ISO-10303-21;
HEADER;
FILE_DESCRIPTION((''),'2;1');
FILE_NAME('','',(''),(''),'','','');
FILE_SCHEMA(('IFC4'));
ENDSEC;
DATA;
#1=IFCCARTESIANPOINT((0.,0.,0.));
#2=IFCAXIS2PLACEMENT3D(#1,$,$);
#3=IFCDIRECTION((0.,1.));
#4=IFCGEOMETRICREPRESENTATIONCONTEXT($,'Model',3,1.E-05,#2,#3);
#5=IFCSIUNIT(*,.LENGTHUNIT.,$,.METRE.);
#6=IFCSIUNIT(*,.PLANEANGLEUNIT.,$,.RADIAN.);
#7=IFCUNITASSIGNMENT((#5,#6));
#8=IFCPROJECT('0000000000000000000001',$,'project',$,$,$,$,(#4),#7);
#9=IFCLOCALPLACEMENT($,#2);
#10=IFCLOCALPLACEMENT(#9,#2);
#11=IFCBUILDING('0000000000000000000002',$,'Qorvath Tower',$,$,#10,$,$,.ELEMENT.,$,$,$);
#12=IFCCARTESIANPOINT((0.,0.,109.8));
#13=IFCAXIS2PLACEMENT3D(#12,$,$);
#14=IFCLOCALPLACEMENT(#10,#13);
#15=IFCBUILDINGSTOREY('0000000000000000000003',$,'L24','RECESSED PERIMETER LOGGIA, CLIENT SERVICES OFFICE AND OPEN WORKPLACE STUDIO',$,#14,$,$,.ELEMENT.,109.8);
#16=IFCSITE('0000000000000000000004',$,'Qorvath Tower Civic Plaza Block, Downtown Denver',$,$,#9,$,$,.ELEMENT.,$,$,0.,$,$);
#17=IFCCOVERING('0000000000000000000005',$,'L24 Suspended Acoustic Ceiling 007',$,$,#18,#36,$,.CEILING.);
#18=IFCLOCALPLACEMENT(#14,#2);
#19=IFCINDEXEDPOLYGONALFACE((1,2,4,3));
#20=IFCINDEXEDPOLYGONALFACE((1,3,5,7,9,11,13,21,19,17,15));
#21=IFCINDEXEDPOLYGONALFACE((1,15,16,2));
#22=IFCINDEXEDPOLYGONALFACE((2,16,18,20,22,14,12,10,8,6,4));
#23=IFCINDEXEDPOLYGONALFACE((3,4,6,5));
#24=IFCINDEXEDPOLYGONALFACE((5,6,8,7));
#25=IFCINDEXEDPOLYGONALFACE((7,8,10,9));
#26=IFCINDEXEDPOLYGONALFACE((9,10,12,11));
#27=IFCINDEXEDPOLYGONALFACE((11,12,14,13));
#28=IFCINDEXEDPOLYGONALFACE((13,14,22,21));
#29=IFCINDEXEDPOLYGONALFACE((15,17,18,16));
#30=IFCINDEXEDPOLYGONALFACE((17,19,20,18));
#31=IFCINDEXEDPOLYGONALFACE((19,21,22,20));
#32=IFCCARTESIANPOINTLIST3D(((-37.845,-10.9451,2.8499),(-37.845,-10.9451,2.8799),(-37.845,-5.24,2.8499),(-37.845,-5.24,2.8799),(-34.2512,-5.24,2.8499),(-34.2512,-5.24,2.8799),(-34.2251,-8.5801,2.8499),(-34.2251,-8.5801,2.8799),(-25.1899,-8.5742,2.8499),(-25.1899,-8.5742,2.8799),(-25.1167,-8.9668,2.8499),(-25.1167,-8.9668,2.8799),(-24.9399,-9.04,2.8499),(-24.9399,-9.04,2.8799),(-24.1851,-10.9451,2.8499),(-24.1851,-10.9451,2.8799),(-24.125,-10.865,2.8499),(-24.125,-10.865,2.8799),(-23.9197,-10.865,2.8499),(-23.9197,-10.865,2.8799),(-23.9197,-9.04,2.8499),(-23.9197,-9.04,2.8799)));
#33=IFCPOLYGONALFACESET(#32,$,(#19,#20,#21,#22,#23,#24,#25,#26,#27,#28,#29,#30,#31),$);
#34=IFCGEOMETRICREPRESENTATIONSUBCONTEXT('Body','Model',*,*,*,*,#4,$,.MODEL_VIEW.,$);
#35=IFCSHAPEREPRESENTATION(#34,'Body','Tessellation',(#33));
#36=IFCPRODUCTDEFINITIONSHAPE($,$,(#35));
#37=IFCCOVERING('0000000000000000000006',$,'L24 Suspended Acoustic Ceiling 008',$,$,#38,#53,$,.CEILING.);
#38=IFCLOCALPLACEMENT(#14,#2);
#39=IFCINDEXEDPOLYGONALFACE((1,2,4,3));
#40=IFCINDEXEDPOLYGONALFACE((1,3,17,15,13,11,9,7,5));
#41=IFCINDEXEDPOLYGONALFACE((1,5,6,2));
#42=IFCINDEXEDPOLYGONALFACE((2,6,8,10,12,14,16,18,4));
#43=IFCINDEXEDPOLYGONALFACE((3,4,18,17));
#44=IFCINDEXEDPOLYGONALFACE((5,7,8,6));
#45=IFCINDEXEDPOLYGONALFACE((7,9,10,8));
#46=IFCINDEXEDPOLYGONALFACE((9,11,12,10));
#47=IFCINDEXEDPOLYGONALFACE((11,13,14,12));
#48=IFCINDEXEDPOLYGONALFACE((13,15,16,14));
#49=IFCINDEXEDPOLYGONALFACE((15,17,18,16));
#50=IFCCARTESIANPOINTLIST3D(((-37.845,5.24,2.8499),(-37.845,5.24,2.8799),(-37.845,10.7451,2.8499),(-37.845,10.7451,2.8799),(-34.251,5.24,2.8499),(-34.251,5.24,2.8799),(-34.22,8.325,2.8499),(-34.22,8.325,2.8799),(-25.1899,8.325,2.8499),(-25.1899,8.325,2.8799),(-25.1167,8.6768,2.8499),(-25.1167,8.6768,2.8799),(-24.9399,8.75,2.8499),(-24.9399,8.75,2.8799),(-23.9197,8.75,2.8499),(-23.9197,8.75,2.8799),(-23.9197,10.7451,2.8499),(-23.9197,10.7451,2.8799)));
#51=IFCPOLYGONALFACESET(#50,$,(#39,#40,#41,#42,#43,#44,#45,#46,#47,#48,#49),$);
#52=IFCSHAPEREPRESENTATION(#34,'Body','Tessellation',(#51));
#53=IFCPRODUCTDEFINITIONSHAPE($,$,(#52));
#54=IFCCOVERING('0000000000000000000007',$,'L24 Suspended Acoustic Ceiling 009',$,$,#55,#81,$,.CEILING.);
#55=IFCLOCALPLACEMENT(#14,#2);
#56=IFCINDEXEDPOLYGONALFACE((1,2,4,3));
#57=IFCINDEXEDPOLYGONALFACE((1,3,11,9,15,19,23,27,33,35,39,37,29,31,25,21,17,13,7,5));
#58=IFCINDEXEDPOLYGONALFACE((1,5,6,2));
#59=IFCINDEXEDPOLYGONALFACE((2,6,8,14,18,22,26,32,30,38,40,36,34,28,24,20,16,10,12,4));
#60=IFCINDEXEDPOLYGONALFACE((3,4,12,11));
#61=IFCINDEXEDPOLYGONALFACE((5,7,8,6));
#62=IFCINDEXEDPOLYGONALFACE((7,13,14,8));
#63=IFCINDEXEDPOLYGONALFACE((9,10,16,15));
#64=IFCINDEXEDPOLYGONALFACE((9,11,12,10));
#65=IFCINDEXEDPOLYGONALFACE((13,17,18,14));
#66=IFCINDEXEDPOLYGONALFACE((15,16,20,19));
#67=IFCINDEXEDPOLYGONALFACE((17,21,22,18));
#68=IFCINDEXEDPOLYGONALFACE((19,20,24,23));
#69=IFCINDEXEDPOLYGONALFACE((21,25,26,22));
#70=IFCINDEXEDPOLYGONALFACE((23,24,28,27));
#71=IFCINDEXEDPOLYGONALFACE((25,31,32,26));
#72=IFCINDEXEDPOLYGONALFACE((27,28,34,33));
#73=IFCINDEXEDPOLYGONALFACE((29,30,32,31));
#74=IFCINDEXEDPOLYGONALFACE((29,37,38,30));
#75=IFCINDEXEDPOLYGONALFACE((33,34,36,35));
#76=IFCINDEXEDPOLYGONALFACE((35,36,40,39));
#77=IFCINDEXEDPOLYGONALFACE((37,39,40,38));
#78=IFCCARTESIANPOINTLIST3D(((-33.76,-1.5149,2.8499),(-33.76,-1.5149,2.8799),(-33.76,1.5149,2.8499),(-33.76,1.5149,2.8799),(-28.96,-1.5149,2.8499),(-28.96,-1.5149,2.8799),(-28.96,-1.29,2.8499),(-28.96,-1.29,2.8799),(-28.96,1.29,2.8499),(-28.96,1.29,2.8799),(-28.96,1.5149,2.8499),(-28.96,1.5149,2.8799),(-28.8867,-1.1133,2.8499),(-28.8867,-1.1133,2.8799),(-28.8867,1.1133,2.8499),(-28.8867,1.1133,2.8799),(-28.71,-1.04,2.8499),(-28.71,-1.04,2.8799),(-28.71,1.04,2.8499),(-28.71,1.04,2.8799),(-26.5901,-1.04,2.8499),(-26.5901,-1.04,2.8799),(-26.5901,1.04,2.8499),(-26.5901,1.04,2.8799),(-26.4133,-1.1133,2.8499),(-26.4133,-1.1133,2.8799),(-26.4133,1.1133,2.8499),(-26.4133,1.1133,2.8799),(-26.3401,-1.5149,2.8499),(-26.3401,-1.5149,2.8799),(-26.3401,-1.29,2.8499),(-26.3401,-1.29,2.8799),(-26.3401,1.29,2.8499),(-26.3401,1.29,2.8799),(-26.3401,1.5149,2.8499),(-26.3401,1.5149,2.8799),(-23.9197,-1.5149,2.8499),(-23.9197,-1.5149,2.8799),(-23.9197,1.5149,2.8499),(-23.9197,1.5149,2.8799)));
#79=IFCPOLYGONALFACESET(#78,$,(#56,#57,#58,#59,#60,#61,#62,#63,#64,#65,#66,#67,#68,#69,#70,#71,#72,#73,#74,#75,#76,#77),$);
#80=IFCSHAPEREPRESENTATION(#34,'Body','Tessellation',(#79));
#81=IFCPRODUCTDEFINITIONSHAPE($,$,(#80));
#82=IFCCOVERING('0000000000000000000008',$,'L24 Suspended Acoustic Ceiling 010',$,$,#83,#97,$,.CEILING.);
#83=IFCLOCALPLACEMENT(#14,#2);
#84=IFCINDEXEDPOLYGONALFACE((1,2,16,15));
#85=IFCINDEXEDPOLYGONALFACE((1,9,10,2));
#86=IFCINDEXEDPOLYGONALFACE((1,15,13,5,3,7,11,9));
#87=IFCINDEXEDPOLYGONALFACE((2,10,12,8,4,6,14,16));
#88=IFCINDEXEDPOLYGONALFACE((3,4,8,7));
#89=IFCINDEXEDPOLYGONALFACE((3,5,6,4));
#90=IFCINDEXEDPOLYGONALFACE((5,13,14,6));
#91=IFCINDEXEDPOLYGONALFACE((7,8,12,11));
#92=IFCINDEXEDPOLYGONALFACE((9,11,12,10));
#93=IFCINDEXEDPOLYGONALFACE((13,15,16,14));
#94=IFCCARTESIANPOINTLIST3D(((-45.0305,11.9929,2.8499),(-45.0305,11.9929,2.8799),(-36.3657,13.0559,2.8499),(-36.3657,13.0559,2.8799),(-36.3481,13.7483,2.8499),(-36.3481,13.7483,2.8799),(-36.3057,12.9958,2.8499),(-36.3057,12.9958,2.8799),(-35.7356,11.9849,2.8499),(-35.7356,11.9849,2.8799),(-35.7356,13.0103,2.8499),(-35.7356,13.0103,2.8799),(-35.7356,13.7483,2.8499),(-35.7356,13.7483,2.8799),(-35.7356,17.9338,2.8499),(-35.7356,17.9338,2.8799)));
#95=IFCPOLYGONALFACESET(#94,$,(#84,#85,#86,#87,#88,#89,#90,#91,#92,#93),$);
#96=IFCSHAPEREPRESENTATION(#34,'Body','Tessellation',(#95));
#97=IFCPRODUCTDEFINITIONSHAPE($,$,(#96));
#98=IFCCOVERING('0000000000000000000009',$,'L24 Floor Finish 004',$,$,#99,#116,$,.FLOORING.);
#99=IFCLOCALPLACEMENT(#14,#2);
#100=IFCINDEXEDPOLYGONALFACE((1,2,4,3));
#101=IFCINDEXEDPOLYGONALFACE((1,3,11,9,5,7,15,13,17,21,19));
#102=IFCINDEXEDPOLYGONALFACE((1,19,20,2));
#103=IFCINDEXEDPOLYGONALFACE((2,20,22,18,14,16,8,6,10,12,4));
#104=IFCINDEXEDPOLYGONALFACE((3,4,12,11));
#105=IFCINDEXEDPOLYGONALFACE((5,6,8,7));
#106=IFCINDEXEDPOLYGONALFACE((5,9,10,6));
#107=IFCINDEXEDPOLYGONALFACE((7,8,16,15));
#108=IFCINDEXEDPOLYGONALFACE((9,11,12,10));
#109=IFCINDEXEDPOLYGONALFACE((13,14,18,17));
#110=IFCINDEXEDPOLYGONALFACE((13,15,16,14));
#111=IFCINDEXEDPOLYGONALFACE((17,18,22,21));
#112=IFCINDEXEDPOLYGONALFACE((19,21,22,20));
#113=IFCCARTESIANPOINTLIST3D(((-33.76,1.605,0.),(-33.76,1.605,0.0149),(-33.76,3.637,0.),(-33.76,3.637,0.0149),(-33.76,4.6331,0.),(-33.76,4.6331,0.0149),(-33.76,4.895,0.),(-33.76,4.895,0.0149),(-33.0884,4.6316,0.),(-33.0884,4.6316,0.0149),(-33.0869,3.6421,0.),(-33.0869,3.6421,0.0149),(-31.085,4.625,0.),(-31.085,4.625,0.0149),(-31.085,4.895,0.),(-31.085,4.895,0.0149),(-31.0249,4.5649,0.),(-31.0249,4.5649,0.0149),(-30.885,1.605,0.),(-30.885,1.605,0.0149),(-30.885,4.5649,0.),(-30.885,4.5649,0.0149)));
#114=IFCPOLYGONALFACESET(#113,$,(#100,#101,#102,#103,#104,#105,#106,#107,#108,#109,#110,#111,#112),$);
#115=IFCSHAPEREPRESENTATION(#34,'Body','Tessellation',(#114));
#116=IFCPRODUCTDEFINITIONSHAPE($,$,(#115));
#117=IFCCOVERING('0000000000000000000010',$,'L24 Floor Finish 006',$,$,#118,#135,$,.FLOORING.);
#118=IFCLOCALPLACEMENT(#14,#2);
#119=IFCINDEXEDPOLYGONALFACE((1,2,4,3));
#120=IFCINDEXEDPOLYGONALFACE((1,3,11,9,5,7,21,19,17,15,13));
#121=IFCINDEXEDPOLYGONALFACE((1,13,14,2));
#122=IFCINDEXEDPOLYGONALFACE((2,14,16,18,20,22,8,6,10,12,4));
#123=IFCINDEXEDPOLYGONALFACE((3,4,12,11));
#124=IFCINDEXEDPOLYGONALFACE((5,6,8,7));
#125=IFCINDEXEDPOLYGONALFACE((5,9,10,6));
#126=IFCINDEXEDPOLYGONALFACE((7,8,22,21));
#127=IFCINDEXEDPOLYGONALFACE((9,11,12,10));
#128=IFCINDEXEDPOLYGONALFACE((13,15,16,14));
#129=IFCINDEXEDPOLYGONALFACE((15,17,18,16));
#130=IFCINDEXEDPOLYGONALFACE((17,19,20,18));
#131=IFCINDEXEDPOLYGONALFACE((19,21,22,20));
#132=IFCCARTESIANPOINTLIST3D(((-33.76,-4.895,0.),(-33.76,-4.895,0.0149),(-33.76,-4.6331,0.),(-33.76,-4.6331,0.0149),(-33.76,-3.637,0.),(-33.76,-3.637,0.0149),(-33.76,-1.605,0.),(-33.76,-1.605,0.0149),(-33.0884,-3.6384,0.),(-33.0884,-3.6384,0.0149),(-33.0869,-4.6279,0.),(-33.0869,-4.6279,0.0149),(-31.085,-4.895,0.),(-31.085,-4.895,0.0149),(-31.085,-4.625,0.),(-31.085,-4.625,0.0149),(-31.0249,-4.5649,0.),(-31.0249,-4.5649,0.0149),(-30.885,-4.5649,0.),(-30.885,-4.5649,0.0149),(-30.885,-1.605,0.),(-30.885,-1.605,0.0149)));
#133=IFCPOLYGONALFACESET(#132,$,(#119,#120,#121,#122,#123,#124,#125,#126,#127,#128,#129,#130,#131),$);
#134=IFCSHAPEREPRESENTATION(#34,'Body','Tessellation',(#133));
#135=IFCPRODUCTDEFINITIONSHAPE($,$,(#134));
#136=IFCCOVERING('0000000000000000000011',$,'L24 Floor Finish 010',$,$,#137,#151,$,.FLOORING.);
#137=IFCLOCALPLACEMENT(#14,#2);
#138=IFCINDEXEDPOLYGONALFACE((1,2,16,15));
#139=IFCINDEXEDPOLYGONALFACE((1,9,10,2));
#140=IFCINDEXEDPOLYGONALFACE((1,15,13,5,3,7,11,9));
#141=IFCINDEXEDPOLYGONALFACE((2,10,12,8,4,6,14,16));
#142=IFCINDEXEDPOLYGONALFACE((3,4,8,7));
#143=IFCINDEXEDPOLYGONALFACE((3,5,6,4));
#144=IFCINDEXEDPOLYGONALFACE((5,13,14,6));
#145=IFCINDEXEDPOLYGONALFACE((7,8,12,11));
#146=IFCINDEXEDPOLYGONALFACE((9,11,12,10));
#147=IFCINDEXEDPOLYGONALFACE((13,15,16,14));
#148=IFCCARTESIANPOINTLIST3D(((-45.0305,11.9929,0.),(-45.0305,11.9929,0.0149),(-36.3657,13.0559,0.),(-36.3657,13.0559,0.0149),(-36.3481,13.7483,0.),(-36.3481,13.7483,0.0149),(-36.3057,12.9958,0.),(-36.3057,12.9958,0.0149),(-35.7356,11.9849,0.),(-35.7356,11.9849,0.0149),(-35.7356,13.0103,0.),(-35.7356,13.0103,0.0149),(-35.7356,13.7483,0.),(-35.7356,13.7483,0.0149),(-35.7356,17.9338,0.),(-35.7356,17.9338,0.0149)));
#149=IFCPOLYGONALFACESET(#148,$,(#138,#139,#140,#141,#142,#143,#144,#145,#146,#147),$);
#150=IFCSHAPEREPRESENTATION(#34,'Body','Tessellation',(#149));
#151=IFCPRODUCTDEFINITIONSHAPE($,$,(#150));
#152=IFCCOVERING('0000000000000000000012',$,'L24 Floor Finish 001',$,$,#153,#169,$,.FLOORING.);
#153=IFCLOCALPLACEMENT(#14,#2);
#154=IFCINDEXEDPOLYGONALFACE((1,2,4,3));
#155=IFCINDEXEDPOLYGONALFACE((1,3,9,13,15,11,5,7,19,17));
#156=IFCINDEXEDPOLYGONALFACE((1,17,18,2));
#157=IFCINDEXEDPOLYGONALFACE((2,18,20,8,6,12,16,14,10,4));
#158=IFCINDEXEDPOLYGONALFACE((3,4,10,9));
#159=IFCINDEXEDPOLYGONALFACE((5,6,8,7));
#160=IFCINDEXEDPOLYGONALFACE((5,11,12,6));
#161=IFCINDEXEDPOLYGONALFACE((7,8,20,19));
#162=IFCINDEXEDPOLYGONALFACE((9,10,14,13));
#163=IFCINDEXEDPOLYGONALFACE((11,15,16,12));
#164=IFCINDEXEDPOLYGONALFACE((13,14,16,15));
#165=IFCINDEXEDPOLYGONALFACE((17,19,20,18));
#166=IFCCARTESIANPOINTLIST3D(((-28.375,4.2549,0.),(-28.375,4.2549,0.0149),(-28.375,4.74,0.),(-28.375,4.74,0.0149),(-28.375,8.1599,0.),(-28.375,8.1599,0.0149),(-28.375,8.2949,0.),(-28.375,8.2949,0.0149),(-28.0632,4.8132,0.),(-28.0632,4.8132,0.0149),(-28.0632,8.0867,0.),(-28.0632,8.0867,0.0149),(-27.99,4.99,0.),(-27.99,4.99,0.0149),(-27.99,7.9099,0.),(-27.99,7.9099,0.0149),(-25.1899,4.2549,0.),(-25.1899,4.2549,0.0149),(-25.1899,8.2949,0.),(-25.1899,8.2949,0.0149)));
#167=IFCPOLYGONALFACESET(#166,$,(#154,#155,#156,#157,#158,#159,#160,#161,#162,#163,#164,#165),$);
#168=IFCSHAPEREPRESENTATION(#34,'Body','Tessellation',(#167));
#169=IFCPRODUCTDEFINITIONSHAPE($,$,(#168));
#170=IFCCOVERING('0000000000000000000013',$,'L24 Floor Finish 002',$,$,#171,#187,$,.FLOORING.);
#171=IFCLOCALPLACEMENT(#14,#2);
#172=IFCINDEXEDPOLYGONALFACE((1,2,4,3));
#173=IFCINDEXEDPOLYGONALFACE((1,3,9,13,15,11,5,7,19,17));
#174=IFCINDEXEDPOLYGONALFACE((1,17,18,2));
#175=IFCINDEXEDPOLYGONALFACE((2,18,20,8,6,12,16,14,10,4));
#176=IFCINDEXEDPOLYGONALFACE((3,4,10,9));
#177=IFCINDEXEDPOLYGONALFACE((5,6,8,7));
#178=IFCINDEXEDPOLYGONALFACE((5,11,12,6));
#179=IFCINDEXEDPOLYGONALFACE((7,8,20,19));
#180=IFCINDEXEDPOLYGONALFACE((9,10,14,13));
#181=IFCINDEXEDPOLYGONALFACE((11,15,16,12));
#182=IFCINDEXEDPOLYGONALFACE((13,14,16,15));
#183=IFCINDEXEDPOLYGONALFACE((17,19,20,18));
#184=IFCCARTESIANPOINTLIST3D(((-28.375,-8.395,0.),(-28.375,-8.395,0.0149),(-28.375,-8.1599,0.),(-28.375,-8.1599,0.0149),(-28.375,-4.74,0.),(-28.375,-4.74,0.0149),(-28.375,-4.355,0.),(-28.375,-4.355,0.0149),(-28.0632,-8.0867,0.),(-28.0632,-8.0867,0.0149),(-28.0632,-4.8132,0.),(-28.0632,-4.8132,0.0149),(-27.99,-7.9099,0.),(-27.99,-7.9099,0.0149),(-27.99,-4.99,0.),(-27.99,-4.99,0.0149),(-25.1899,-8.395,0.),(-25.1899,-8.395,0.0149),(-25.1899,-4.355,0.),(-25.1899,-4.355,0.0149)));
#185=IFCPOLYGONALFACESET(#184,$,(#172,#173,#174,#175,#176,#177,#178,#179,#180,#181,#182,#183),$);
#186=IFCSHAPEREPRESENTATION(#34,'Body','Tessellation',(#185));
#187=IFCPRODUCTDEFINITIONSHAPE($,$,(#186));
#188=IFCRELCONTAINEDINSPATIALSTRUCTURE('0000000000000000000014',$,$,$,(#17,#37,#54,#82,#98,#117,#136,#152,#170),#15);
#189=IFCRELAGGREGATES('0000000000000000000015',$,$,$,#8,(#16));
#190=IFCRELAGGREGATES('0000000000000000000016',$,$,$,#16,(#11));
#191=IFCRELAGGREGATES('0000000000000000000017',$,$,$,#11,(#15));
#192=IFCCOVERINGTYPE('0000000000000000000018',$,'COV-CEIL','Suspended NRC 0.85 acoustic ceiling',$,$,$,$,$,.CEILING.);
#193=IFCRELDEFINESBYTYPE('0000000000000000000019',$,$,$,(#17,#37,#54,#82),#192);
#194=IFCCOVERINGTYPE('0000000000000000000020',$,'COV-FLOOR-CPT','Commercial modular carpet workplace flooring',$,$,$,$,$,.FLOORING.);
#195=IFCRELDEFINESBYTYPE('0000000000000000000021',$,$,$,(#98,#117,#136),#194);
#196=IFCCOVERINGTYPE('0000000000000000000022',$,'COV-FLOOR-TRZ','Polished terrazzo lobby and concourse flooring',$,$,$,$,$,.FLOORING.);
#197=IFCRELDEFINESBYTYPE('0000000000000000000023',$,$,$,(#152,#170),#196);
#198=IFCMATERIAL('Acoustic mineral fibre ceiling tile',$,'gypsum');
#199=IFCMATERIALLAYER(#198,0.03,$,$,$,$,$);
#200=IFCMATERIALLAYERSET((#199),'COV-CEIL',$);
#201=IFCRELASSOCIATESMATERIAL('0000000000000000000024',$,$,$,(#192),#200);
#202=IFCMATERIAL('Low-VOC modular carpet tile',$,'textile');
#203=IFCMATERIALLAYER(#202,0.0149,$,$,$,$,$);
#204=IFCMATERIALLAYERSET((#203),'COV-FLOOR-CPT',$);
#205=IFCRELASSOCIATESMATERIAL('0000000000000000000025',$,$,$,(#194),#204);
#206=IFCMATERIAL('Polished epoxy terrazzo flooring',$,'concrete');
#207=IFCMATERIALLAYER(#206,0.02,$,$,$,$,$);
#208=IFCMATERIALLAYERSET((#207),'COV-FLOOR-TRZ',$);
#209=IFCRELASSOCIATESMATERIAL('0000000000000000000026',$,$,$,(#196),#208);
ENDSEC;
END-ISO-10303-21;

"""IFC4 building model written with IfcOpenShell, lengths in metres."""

from ifc_helpers import new_model, si_unit, direction, frame, origin, place, context, subcontext, project, spatial, polyline, outline, extrude, material, layer, layer_set, type_object, element, save


model = new_model("IFC4")

# Units and contexts
model_context = context("Model", 3, precision=1e-05, world=origin(), true_north=direction((0.0, 1.0)))
body_context = subcontext(model_context, "Body", "Model", "MODEL_VIEW")
ifc_project = project(units=[si_unit("LENGTHUNIT", "METRE"), si_unit("PLANEANGLEUNIT", "RADIAN")], contexts=[model_context])

# Site, building, storey
site_placement = place(None, origin())
site = spatial("IfcSite", under=ifc_project, at=site_placement, Name="Qorvath Tower Civic Plaza Block, Downtown Denver", CompositionType="ELEMENT", RefElevation=0.0)
building_placement = place(site_placement, origin())
building = spatial("IfcBuilding", under=site, at=building_placement, Name="Qorvath Tower", CompositionType="ELEMENT")
storey_placement = place(building_placement, frame((0.0, 0.0, 109.8)))
storey = spatial("IfcBuildingStorey", under=building, at=storey_placement, Name="L24", Description="RECESSED PERIMETER LOGGIA, CLIENT SERVICES OFFICE AND OPEN WORKPLACE STUDIO", CompositionType="ELEMENT", Elevation=109.8)

# Coverings
ifc_material_1 = material(Name="Acoustic mineral fibre ceiling tile", Category="gypsum")
ifc_layer_1 = layer(ifc_material_1, 0.03)
ifc_layer_set_1 = layer_set([ifc_layer_1], Name="COV-CEIL")
covering_type_1 = type_object("IfcCoveringType", Name="COV-CEIL", Description="Suspended NRC 0.85 acoustic ceiling", PredefinedType="CEILING", material=ifc_layer_set_1)
covering_1_placement = place(storey_placement, frame((0.0, 0.0, 2.8499)))
element("IfcCovering", 1, at=covering_1_placement, inside=storey, type_object=covering_type_1, Name="L24 Suspended Acoustic Ceiling 007", PredefinedType="CEILING", context=body_context, shape_type="SweptSolid", body=[
    extrude(outline(polyline([(-34.2251, -8.5801), (-34.2512, -5.24), (-37.845, -5.24), (-37.845, -10.9451), (-24.1851, -10.9451), (-24.125, -10.865), (-23.9197, -10.865), (-23.9197, -9.04), (-24.9399, -9.04), (-25.1167, -8.9668), (-25.1899, -8.5742), (-34.2251, -8.5801)])), origin(), (0.0, 0.0, 1.0), 0.03),
])
covering_2_placement = place(storey_placement, frame((0.0, 0.0, 2.8499)))
element("IfcCovering", 2, at=covering_2_placement, inside=storey, type_object=covering_type_1, Name="L24 Suspended Acoustic Ceiling 008", PredefinedType="CEILING", context=body_context, shape_type="SweptSolid", body=[
    extrude(outline(polyline([(-23.9197, 8.75), (-23.9197, 10.7451), (-37.845, 10.7451), (-37.845, 5.24), (-34.251, 5.24), (-34.22, 8.325), (-25.1899, 8.325), (-25.1167, 8.6768), (-24.9399, 8.75), (-23.9197, 8.75)])), origin(), (0.0, 0.0, 1.0), 0.03),
])
covering_3_placement = place(storey_placement, frame((0.0, 0.0, 2.8499)))
element("IfcCovering", 3, at=covering_3_placement, inside=storey, type_object=covering_type_1, Name="L24 Suspended Acoustic Ceiling 009", PredefinedType="CEILING", context=body_context, shape_type="SweptSolid", body=[
    extrude(outline(polyline([(-23.9197, -1.5149), (-23.9197, 1.5149), (-26.3401, 1.5149), (-26.3401, 1.29), (-26.4133, 1.1133), (-26.5901, 1.04), (-28.71, 1.04), (-28.8867, 1.1133), (-28.96, 1.29), (-28.96, 1.5149), (-33.76, 1.5149), (-33.76, -1.5149), (-28.96, -1.5149), (-28.96, -1.29), (-28.8867, -1.1133), (-28.71, -1.04), (-26.5901, -1.04), (-26.4133, -1.1133), (-26.3401, -1.29), (-26.3401, -1.5149), (-23.9197, -1.5149)])), origin(), (0.0, 0.0, 1.0), 0.03),
])
covering_4_placement = place(storey_placement, frame((0.0, 0.0, 2.8499)))
element("IfcCovering", 4, at=covering_4_placement, inside=storey, type_object=covering_type_1, Name="L24 Suspended Acoustic Ceiling 010", PredefinedType="CEILING", context=body_context, shape_type="SweptSolid", body=[
    extrude(outline(polyline([(-45.0305, 11.9929), (-35.7356, 11.9849), (-35.7356, 13.0103), (-36.3057, 12.9958), (-36.3657, 13.0559), (-36.3481, 13.7483), (-35.7356, 13.7483), (-35.7356, 17.9338), (-45.0305, 11.9929)])), origin(), (0.0, 0.0, 1.0), 0.03),
])
ifc_material_2 = material(Name="Low-VOC modular carpet tile", Category="textile")
ifc_layer_2 = layer(ifc_material_2, 0.0149)
ifc_layer_set_2 = layer_set([ifc_layer_2], Name="COV-FLOOR-CPT")
covering_type_2 = type_object("IfcCoveringType", Name="COV-FLOOR-CPT", Description="Commercial modular carpet workplace flooring", PredefinedType="FLOORING", material=ifc_layer_set_2)
covering_5_placement = place(storey_placement, origin())
element("IfcCovering", 5, at=covering_5_placement, inside=storey, type_object=covering_type_2, Name="L24 Floor Finish 004", PredefinedType="FLOORING", context=body_context, shape_type="SweptSolid", body=[
    extrude(outline(polyline([(-31.085, 4.895), (-33.76, 4.895), (-33.76, 4.6331), (-33.0884, 4.6316), (-33.0869, 3.6421), (-33.76, 3.637), (-33.76, 1.605), (-30.885, 1.605), (-30.885, 4.5649), (-31.0249, 4.5649), (-31.085, 4.625), (-31.085, 4.895)])), origin(), (0.0, 0.0, 1.0), 0.0149),
])
covering_6_placement = place(storey_placement, origin())
element("IfcCovering", 6, at=covering_6_placement, inside=storey, type_object=covering_type_2, Name="L24 Floor Finish 006", PredefinedType="FLOORING", context=body_context, shape_type="SweptSolid", body=[
    extrude(outline(polyline([(-30.885, -4.5649), (-30.885, -1.605), (-33.76, -1.605), (-33.76, -3.637), (-33.0884, -3.6384), (-33.0869, -4.6279), (-33.76, -4.6331), (-33.76, -4.895), (-31.085, -4.895), (-31.085, -4.625), (-31.0249, -4.5649), (-30.885, -4.5649)])), origin(), (0.0, 0.0, 1.0), 0.0149),
])
covering_7_placement = place(storey_placement, origin())
element("IfcCovering", 7, at=covering_7_placement, inside=storey, type_object=covering_type_2, Name="L24 Floor Finish 010", PredefinedType="FLOORING", context=body_context, shape_type="SweptSolid", body=[
    extrude(outline(polyline([(-45.0305, 11.9929), (-35.7356, 11.9849), (-35.7356, 13.0103), (-36.3057, 12.9958), (-36.3657, 13.0559), (-36.3481, 13.7483), (-35.7356, 13.7483), (-35.7356, 17.9338), (-45.0305, 11.9929)])), origin(), (0.0, 0.0, 1.0), 0.0149),
])
ifc_material_3 = material(Name="Polished epoxy terrazzo flooring", Category="concrete")
ifc_layer_3 = layer(ifc_material_3, 0.02)
ifc_layer_set_3 = layer_set([ifc_layer_3], Name="COV-FLOOR-TRZ")
covering_type_3 = type_object("IfcCoveringType", Name="COV-FLOOR-TRZ", Description="Polished terrazzo lobby and concourse flooring", PredefinedType="FLOORING", material=ifc_layer_set_3)
covering_8_placement = place(storey_placement, origin())
element("IfcCovering", 8, at=covering_8_placement, inside=storey, type_object=covering_type_3, Name="L24 Floor Finish 001", PredefinedType="FLOORING", context=body_context, shape_type="SweptSolid", body=[
    extrude(outline(polyline([(-25.1899, 4.2549), (-25.1899, 8.2949), (-28.375, 8.2949), (-28.375, 8.1599), (-28.0632, 8.0867), (-27.99, 7.9099), (-27.99, 4.99), (-28.0632, 4.8132), (-28.375, 4.74), (-28.375, 4.2549), (-25.1899, 4.2549)])), origin(), (0.0, 0.0, 1.0), 0.0149),
])
covering_9_placement = place(storey_placement, origin())
element("IfcCovering", 9, at=covering_9_placement, inside=storey, type_object=covering_type_3, Name="L24 Floor Finish 002", PredefinedType="FLOORING", context=body_context, shape_type="SweptSolid", body=[
    extrude(outline(polyline([(-25.1899, -8.395), (-25.1899, -4.355), (-28.375, -4.355), (-28.375, -4.74), (-28.0632, -4.8132), (-27.99, -4.99), (-27.99, -7.9099), (-28.0632, -8.0867), (-28.375, -8.1599), (-28.375, -8.395), (-25.1899, -8.395)])), origin(), (0.0, 0.0, 1.0), 0.0149),
])

save(model, "model.ifc")
